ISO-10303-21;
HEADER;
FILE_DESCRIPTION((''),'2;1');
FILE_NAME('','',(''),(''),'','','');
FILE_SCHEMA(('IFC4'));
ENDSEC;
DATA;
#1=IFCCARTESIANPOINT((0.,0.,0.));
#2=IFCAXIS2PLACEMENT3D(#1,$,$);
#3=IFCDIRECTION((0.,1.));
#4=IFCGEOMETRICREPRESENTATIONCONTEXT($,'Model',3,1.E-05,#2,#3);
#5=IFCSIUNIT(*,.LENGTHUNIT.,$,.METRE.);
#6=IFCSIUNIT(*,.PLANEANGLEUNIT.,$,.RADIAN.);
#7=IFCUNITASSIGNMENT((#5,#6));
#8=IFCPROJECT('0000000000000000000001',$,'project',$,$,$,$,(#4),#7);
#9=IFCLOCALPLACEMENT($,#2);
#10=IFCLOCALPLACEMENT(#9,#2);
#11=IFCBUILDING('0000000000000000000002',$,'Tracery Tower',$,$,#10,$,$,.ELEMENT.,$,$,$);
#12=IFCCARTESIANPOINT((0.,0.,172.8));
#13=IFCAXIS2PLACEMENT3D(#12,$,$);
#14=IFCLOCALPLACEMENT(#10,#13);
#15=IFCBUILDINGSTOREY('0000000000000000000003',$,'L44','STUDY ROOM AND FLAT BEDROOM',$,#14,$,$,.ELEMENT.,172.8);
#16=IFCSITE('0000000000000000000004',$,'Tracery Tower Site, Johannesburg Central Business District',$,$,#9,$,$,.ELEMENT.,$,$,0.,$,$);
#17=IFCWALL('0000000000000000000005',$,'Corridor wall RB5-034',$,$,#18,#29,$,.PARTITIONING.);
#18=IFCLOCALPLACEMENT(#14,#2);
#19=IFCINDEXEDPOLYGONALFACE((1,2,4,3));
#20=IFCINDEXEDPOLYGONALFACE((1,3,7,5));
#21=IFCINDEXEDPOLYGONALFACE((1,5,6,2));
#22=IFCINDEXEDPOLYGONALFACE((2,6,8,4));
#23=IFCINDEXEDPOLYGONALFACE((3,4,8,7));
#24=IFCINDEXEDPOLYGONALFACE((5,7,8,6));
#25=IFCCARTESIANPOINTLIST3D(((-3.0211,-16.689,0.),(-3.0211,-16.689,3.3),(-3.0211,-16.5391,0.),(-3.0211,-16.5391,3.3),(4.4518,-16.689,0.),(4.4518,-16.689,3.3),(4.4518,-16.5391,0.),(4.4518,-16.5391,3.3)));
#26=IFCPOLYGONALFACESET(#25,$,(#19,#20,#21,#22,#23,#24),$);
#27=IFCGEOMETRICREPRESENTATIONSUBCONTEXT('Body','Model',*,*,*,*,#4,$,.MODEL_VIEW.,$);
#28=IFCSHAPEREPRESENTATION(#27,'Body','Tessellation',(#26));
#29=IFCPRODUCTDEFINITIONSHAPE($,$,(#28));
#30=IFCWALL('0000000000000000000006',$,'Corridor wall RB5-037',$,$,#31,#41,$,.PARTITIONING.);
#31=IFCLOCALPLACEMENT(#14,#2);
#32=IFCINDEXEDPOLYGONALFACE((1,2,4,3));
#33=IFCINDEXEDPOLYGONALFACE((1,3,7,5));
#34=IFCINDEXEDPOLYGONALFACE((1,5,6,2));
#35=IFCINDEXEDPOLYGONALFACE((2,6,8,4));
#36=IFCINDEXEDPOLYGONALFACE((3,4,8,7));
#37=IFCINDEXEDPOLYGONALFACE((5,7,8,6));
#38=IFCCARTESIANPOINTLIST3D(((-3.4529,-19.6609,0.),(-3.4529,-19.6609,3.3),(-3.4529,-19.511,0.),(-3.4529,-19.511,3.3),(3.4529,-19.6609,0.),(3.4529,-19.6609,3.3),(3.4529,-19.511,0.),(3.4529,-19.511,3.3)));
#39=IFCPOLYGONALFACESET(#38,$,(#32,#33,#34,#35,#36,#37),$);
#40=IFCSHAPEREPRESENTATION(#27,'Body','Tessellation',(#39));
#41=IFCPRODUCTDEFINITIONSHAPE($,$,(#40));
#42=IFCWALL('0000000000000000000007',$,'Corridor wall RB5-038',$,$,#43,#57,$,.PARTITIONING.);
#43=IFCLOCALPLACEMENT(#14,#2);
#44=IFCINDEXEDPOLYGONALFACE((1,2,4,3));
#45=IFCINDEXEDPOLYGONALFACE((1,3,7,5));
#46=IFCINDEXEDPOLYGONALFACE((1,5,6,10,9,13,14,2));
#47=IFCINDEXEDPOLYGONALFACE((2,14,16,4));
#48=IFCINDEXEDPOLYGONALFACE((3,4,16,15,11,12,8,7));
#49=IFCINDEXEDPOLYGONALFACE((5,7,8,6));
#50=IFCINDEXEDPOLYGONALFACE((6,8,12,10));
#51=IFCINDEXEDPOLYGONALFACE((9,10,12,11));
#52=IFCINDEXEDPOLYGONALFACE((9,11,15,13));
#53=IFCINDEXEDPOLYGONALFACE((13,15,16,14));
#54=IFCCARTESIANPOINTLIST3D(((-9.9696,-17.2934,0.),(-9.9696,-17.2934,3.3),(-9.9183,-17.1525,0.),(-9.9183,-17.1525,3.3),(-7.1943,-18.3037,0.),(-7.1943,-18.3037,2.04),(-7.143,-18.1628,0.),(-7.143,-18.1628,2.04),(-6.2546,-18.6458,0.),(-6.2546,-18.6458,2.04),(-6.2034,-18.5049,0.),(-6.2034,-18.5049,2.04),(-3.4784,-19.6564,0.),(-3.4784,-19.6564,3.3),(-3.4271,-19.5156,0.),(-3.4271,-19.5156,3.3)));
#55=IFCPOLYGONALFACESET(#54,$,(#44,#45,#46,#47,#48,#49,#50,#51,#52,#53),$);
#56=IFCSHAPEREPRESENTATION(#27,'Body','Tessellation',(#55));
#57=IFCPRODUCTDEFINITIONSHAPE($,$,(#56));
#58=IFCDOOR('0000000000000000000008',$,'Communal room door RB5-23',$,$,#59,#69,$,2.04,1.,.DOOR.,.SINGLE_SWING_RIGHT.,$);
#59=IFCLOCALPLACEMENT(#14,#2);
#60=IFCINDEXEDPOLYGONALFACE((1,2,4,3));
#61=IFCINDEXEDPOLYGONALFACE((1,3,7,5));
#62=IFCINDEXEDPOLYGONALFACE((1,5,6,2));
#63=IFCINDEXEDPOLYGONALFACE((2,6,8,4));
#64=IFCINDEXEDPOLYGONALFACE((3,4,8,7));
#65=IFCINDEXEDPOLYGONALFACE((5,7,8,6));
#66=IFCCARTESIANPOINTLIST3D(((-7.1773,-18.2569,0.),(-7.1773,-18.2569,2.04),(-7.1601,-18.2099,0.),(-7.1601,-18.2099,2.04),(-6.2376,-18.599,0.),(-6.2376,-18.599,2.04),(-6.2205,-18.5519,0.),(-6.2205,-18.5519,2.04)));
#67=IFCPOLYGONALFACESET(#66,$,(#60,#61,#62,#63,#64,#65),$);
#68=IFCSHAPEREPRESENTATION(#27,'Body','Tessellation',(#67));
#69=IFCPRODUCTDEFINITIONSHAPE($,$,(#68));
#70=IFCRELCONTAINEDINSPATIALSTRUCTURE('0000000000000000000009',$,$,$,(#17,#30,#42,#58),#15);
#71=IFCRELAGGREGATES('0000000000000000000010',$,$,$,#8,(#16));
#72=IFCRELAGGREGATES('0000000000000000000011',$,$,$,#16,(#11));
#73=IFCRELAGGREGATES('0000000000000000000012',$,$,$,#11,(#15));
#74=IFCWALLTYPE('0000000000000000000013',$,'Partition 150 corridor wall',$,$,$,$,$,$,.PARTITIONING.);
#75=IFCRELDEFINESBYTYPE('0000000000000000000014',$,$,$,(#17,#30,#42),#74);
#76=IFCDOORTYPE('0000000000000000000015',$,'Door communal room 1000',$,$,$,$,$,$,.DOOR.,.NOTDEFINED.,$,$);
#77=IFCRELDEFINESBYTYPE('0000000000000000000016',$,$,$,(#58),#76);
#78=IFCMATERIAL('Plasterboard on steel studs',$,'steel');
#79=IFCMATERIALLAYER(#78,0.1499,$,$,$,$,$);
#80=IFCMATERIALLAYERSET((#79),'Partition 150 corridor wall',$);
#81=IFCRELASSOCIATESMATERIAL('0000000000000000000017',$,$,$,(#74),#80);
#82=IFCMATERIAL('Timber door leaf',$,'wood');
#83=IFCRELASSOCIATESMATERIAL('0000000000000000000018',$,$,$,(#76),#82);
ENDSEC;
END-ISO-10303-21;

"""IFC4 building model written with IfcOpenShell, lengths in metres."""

from ifc_helpers import new_model, si_unit, direction, frame, frame_2d, origin, place, context, subcontext, project, spatial, rectangle, extrude, material, layer, layer_set, type_object, element, fill, save


model = new_model("IFC4")

# Units and contexts
model_context = context("Model", 3, precision=1e-05, world=origin(), true_north=direction((0.0, 1.0)))
body_context = subcontext(model_context, "Body", "Model", "MODEL_VIEW")
ifc_project = project(units=[si_unit("LENGTHUNIT", "METRE"), si_unit("PLANEANGLEUNIT", "RADIAN")], contexts=[model_context])

# Site, building, storey
site_placement = place(None, origin())
site = spatial("IfcSite", under=ifc_project, at=site_placement, Name="Tracery Tower Site, Johannesburg Central Business District", CompositionType="ELEMENT", RefElevation=0.0)
building_placement = place(site_placement, origin())
building = spatial("IfcBuilding", under=site, at=building_placement, Name="Tracery Tower", CompositionType="ELEMENT")
storey_placement = place(building_placement, frame((0.0, 0.0, 172.8)))
storey = spatial("IfcBuildingStorey", under=building, at=storey_placement, Name="L44", Description="STUDY ROOM AND FLAT BEDROOM", CompositionType="ELEMENT", Elevation=172.8)

# Shared definitions
ifc_material_1 = material(Name="Plasterboard on steel studs", Category="steel")
ifc_layer_1 = layer(ifc_material_1, 0.1499)
ifc_layer_set_1 = layer_set([ifc_layer_1], Name="Partition 150 corridor wall")
wall_type_1 = type_object("IfcWallType", Name="Partition 150 corridor wall", PredefinedType="PARTITIONING", material=ifc_layer_set_1)

# Walls
wall_1_placement = place(storey_placement, frame((-3.021, -16.614, 0.0), z_axis=(0.0, 0.0, 1.0), x_axis=(1.0, 0.0, 0.0)))
element("IfcWall", 1, at=wall_1_placement, inside=storey, type_object=wall_type_1, Name="Corridor wall RB5-034", PredefinedType="PARTITIONING", context=body_context, shape_type="SweptSolid", body=[
    extrude(rectangle(XDim=7.4729, YDim=0.1499, at=frame_2d((3.7363, 0.0))), origin(), (0.0, 0.0, 1.0), 3.3),
])
wall_2_placement = place(storey_placement, frame((-3.4529, -19.5859, 0.0), z_axis=(0.0, 0.0, 1.0), x_axis=(1.0, 0.0, 0.0)))
element("IfcWall", 2, at=wall_2_placement, inside=storey, type_object=wall_type_1, Name="Corridor wall RB5-037", PredefinedType="PARTITIONING", context=body_context, shape_type="SweptSolid", body=[
    extrude(rectangle(XDim=6.9058, YDim=0.1499, at=frame_2d((3.4529, 0.0))), origin(), (0.0, 0.0, 1.0), 3.3),
])

# Wall, opening, door
wall_3_placement = place(storey_placement, frame((-9.9441, -17.2229, 0.0), z_axis=(0.0, 0.0, 1.0), x_axis=(0.939673, -0.342075, 0.0)))
wall_3 = element("IfcWall", 3, at=wall_3_placement, inside=storey, type_object=wall_type_1, Name="Corridor wall RB5-038", PredefinedType="PARTITIONING", context=body_context, shape_type="SweptSolid", body=[
    extrude(rectangle(XDim=6.908, YDim=0.1499, at=frame_2d((3.4541, 0.0))), origin(), (0.0, 0.0, 1.0), 3.3),
])
opening_1_placement = place(wall_3_placement, frame((2.9536, 0.0, 0.0)))
opening_1 = element("IfcOpeningElement", 4, at=opening_1_placement, cuts=wall_3, PredefinedType="OPENING", context=body_context, shape_type="SweptSolid", body=[
    extrude(rectangle(XDim=1.0, YDim=2.04, at=frame_2d((0.5, 1.02))), frame((0.0, 0.075, 0.0), z_axis=(0.0, -1.0, 0.0), x_axis=(1.0, 0.0, 0.0)), (0.0, 0.0, 1.0), 0.1499),
])
ifc_material_2 = material(Name="Timber door leaf", Category="wood")
door_type_1 = type_object("IfcDoorType", Name="Door communal room 1000", OperationType="NOTDEFINED", PredefinedType="DOOR", material=ifc_material_2)
door_1_placement = place(opening_1_placement, origin())
door_1 = element("IfcDoor", 5, at=door_1_placement, inside=storey, type_object=door_type_1, Name="Communal room door RB5-23", OperationType="SINGLE_SWING_RIGHT", OverallHeight=2.04, OverallWidth=1.0, PredefinedType="DOOR", context=body_context, shape_type="SweptSolid", body=[
    extrude(rectangle(XDim=1.0, YDim=2.04, at=frame_2d((0.5, 1.02))), frame((0.0, 0.0249, 0.0), z_axis=(0.0, -1.0, 0.0), x_axis=(1.0, 0.0, 0.0)), (0.0, 0.0, 1.0), 0.05),
])
fill(opening_1, door_1)

save(model, "model.ifc")
